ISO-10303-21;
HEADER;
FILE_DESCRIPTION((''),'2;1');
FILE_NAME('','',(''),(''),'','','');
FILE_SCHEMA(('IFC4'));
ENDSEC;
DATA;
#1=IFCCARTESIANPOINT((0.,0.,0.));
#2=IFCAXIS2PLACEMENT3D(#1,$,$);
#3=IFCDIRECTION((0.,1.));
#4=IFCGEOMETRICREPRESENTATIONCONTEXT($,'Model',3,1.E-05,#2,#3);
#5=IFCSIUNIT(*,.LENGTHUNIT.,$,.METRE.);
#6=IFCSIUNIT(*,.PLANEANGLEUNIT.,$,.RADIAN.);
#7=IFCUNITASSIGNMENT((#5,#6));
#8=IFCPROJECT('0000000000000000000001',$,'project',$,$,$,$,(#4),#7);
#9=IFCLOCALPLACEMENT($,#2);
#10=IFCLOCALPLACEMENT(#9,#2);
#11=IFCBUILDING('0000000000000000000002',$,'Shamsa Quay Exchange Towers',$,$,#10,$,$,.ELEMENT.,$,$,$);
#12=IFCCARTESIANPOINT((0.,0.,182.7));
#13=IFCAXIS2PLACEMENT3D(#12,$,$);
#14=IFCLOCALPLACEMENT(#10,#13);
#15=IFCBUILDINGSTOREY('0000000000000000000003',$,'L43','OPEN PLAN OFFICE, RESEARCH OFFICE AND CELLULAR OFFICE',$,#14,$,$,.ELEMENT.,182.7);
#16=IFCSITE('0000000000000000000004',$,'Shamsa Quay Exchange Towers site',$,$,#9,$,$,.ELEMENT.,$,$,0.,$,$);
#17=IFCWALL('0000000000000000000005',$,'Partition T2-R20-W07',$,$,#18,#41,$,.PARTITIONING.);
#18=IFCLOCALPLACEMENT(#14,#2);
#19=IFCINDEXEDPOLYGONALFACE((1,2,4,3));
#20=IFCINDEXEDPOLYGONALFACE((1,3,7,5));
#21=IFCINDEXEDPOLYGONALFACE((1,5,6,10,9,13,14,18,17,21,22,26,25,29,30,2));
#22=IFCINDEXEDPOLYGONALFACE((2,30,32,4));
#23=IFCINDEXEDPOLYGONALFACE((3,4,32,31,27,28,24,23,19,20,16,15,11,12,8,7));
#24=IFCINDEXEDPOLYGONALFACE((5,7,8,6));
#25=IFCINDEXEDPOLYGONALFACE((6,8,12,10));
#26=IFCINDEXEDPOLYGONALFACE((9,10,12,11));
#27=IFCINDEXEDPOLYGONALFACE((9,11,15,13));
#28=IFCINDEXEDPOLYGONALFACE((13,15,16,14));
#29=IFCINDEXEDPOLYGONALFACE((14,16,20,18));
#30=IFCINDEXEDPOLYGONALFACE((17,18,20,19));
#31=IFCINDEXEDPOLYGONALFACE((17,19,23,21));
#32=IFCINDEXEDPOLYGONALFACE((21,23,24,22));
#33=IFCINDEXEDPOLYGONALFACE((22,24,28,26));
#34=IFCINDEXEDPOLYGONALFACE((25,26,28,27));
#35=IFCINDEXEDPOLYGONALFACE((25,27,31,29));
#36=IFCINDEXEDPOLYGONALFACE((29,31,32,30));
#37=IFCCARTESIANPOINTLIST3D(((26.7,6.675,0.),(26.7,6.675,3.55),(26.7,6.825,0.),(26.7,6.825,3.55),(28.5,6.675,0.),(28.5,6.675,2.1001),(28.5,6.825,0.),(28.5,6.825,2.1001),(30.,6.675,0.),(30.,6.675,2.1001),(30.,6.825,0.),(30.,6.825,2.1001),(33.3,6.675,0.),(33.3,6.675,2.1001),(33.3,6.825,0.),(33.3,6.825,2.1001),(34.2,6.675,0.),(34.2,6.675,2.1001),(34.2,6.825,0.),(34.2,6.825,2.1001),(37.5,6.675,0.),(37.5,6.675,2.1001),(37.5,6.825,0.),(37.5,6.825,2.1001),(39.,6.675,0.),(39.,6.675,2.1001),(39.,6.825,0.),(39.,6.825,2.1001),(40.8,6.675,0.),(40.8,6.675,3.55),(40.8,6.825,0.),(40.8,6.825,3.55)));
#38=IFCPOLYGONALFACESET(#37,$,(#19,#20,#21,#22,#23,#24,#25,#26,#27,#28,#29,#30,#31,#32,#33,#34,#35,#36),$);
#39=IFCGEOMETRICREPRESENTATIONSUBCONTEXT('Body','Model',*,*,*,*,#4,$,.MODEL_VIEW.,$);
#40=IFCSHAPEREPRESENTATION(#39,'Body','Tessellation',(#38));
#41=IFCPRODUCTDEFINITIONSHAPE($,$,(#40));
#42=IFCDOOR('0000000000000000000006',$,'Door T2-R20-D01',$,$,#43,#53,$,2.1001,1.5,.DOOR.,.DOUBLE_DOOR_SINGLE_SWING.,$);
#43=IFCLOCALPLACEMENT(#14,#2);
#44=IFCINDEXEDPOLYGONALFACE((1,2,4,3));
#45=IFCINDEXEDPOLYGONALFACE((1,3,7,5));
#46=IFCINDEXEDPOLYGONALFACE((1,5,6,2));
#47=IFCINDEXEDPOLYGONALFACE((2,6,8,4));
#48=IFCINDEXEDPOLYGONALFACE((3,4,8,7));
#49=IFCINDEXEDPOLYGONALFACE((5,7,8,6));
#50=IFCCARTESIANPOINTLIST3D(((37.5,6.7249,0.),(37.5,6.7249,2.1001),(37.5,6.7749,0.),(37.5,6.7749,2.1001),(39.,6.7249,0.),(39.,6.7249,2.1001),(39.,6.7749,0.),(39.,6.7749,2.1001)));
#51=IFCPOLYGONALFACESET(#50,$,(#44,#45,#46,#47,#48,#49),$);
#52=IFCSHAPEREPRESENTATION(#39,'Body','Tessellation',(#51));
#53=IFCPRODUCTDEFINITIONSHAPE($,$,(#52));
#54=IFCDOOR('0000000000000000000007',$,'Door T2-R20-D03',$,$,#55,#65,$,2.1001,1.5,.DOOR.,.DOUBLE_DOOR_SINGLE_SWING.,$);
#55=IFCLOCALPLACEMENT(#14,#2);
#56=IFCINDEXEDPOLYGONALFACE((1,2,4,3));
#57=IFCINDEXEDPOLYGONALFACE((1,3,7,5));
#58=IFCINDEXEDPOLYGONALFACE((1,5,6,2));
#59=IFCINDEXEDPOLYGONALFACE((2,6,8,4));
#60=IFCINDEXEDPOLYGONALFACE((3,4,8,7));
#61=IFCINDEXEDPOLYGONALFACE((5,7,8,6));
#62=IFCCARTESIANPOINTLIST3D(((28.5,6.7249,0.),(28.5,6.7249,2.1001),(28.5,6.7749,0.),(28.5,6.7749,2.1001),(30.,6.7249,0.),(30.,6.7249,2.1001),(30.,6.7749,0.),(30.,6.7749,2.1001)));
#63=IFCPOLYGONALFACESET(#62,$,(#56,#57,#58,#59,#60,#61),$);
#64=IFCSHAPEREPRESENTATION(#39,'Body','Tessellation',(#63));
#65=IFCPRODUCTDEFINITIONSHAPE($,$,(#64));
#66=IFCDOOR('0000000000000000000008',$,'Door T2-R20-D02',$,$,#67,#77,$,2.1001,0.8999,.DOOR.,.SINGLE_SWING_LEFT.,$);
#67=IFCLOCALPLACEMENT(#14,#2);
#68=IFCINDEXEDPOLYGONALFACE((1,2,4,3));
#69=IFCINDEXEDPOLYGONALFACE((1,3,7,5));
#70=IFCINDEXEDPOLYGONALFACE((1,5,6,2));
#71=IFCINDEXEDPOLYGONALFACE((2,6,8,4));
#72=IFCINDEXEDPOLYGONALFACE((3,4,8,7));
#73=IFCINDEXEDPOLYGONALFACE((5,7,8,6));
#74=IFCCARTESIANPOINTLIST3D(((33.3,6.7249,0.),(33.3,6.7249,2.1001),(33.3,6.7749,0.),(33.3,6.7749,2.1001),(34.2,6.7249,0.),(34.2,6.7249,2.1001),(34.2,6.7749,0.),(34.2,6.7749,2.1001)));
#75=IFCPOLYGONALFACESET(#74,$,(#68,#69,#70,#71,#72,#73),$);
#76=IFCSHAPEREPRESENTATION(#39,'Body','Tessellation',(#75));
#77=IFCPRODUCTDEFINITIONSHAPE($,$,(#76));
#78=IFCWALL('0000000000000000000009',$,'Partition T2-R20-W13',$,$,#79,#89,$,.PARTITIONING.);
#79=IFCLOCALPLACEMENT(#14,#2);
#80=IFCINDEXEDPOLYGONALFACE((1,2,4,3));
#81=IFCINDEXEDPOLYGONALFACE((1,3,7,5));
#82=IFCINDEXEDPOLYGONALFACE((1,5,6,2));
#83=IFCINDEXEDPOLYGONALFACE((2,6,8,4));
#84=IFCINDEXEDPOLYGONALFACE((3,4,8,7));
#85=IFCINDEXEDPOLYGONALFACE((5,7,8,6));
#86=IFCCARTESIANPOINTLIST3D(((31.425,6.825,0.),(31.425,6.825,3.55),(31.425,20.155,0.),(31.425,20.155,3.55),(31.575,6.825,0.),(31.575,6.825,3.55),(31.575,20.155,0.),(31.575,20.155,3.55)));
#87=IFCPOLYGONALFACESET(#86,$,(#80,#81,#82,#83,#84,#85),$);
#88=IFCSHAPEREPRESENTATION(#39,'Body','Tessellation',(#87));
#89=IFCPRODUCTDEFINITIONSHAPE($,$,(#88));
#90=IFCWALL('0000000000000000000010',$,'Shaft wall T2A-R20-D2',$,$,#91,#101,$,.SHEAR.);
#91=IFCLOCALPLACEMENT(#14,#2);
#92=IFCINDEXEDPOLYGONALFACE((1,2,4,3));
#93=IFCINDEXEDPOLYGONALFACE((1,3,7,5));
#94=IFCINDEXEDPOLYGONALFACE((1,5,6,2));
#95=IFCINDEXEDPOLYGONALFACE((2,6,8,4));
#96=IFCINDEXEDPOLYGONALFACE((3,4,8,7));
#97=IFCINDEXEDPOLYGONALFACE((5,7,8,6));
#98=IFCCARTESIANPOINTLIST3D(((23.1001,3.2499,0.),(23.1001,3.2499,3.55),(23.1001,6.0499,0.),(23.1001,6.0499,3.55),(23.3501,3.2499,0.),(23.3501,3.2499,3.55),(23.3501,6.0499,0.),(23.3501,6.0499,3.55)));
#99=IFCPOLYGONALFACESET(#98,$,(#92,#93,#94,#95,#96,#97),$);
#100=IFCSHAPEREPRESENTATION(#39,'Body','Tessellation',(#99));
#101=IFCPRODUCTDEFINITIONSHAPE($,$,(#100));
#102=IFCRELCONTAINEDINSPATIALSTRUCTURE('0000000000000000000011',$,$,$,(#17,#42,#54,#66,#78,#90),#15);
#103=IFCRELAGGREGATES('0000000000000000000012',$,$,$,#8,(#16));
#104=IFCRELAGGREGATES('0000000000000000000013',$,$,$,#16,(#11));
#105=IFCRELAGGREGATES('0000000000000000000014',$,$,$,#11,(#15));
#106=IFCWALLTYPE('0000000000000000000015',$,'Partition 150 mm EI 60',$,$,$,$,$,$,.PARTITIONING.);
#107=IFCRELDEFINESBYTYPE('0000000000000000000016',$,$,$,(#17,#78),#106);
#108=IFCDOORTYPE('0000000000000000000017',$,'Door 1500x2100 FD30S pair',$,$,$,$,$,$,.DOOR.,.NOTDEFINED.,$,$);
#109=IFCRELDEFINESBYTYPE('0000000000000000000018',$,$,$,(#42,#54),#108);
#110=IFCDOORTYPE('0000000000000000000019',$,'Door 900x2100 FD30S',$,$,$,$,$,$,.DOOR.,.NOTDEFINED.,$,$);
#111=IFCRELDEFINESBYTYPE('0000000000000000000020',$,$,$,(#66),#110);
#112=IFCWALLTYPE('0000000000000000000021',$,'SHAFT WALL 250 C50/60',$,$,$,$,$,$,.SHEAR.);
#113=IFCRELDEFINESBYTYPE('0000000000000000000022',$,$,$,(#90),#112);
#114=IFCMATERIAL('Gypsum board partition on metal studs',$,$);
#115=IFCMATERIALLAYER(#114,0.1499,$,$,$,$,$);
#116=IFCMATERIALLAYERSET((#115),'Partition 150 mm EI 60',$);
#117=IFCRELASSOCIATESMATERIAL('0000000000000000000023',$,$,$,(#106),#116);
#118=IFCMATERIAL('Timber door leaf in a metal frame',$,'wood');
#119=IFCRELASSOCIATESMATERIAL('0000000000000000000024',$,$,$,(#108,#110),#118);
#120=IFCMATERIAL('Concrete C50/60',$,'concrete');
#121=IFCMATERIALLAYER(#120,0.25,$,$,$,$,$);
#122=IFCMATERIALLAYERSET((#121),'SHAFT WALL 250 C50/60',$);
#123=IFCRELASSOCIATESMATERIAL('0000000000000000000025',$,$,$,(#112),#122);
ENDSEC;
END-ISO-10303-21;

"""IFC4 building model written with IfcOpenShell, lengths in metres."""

from ifc_helpers import new_model, si_unit, direction, frame, frame_2d, origin, place, context, subcontext, project, spatial, rectangle, extrude, material, layer, layer_set, type_object, element, fill, save


model = new_model("IFC4")

# Units and contexts
model_context = context("Model", 3, precision=1e-05, world=origin(), true_north=direction((0.0, 1.0)))
body_context = subcontext(model_context, "Body", "Model", "MODEL_VIEW")
ifc_project = project(units=[si_unit("LENGTHUNIT", "METRE"), si_unit("PLANEANGLEUNIT", "RADIAN")], contexts=[model_context])

# Site, building, storey
site_placement = place(None, origin())
site = spatial("IfcSite", under=ifc_project, at=site_placement, Name="Shamsa Quay Exchange Towers site", CompositionType="ELEMENT", RefElevation=0.0)
building_placement = place(site_placement, origin())
building = spatial("IfcBuilding", under=site, at=building_placement, Name="Shamsa Quay Exchange Towers", CompositionType="ELEMENT")
storey_placement = place(building_placement, frame((0.0, 0.0, 182.7)))
storey = spatial("IfcBuildingStorey", under=building, at=storey_placement, Name="L43", Description="OPEN PLAN OFFICE, RESEARCH OFFICE AND CELLULAR OFFICE", CompositionType="ELEMENT", Elevation=182.7)

# Shared definitions
ifc_material_1 = material(Name="Gypsum board partition on metal studs")

# Wall, openings, doors
ifc_layer_1 = layer(ifc_material_1, 0.1499)
ifc_layer_set_1 = layer_set([ifc_layer_1], Name="Partition 150 mm EI 60")
wall_type_1 = type_object("IfcWallType", Name="Partition 150 mm EI 60", PredefinedType="PARTITIONING", material=ifc_layer_set_1)
wall_1_placement = place(storey_placement, frame((26.7, 6.75, 0.0)))
wall_1 = element("IfcWall", 1, at=wall_1_placement, inside=storey, type_object=wall_type_1, Name="Partition T2-R20-W07", PredefinedType="PARTITIONING", context=body_context, shape_type="SweptSolid", body=[
    extrude(rectangle(XDim=14.1001, YDim=0.1499, at=frame_2d((7.05, 0.0))), origin(), (0.0, 0.0, 1.0), 3.55),
])
opening_1_placement = place(wall_1_placement, frame((10.8, 0.0, 0.0)))
opening_1 = element("IfcOpeningElement", 2, at=opening_1_placement, cuts=wall_1, PredefinedType="OPENING", context=body_context, shape_type="SweptSolid", body=[
    extrude(rectangle(XDim=1.5, YDim=2.1001, at=frame_2d((0.75, 1.05))), frame((0.0, 0.085, 0.0), z_axis=(0.0, -1.0, 0.0), x_axis=(1.0, 0.0, 0.0)), (0.0, 0.0, 1.0), 0.1699),
])
opening_2_placement = place(wall_1_placement, frame((6.6001, 0.0, 0.0)))
opening_2 = element("IfcOpeningElement", 3, at=opening_2_placement, cuts=wall_1, PredefinedType="OPENING", context=body_context, shape_type="SweptSolid", body=[
    extrude(rectangle(XDim=0.8999, YDim=2.1001, at=frame_2d((0.45, 1.05))), frame((0.0, 0.085, 0.0), z_axis=(0.0, -1.0, 0.0), x_axis=(1.0, 0.0, 0.0)), (0.0, 0.0, 1.0), 0.1699),
])
opening_3_placement = place(wall_1_placement, frame((1.8, 0.0, 0.0)))
opening_3 = element("IfcOpeningElement", 4, at=opening_3_placement, cuts=wall_1, PredefinedType="OPENING", context=body_context, shape_type="SweptSolid", body=[
    extrude(rectangle(XDim=1.5, YDim=2.1001, at=frame_2d((0.75, 1.05))), frame((0.0, 0.085, 0.0), z_axis=(0.0, -1.0, 0.0), x_axis=(1.0, 0.0, 0.0)), (0.0, 0.0, 1.0), 0.1699),
])
ifc_material_2 = material(Name="Timber door leaf in a metal frame", Category="wood")
door_type_1 = type_object("IfcDoorType", Name="Door 1500x2100 FD30S pair", OperationType="NOTDEFINED", PredefinedType="DOOR", material=ifc_material_2)
door_1_placement = place(opening_1_placement, origin())
door_1 = element("IfcDoor", 5, at=door_1_placement, inside=storey, type_object=door_type_1, Name="Door T2-R20-D01", OperationType="DOUBLE_DOOR_SINGLE_SWING", OverallHeight=2.1001, OverallWidth=1.5, PredefinedType="DOOR", context=body_context, shape_type="SweptSolid", body=[
    extrude(rectangle(XDim=1.5, YDim=2.1001, at=frame_2d((0.75, 1.05))), frame((0.0, 0.0249, 0.0), z_axis=(0.0, -1.0, 0.0), x_axis=(1.0, 0.0, 0.0)), (0.0, 0.0, 1.0), 0.05),
])
fill(opening_1, door_1)
door_2_placement = place(opening_3_placement, origin())
door_2 = element("IfcDoor", 6, at=door_2_placement, inside=storey, type_object=door_type_1, Name="Door T2-R20-D03", OperationType="DOUBLE_DOOR_SINGLE_SWING", OverallHeight=2.1001, OverallWidth=1.5, PredefinedType="DOOR", context=body_context, shape_type="SweptSolid", body=[
    extrude(rectangle(XDim=1.5, YDim=2.1001, at=frame_2d((0.75, 1.05))), frame((0.0, 0.0249, 0.0), z_axis=(0.0, -1.0, 0.0), x_axis=(1.0, 0.0, 0.0)), (0.0, 0.0, 1.0), 0.05),
])
fill(opening_3, door_2)
door_type_2 = type_object("IfcDoorType", Name="Door 900x2100 FD30S", OperationType="NOTDEFINED", PredefinedType="DOOR", material=ifc_material_2)
door_3_placement = place(opening_2_placement, origin())
door_3 = element("IfcDoor", 7, at=door_3_placement, inside=storey, type_object=door_type_2, Name="Door T2-R20-D02", OperationType="SINGLE_SWING_LEFT", OverallHeight=2.1001, OverallWidth=0.8999, PredefinedType="DOOR", context=body_context, shape_type="SweptSolid", body=[
    extrude(rectangle(XDim=0.8999, YDim=2.1001, at=frame_2d((0.45, 1.05))), frame((0.0, 0.0249, 0.0), z_axis=(0.0, -1.0, 0.0), x_axis=(1.0, 0.0, 0.0)), (0.0, 0.0, 1.0), 0.05),
])
fill(opening_2, door_3)

# Walls
wall_2_placement = place(storey_placement, frame((31.5, 20.155, 0.0), z_axis=(0.0, 0.0, 1.0), x_axis=(0.0, -1.0, 0.0)))
element("IfcWall", 8, at=wall_2_placement, inside=storey, type_object=wall_type_1, Name="Partition T2-R20-W13", PredefinedType="PARTITIONING", context=body_context, shape_type="SweptSolid", body=[
    extrude(rectangle(XDim=13.3301, YDim=0.1499, at=frame_2d((6.665, 0.0))), origin(), (0.0, 0.0, 1.0), 3.55),
])
ifc_material_3 = material(Name="Concrete C50/60", Category="concrete")
ifc_layer_2 = layer(ifc_material_3, 0.25)
ifc_layer_set_2 = layer_set([ifc_layer_2], Name="SHAFT WALL 250 C50/60")
wall_type_2 = type_object("IfcWallType", Name="SHAFT WALL 250 C50/60", PredefinedType="SHEAR", material=ifc_layer_set_2)
wall_3_placement = place(storey_placement, frame((23.2251, 3.25, 0.0), z_axis=(0.0, 0.0, 1.0), x_axis=(0.0, 1.0, 0.0)))
element("IfcWall", 9, at=wall_3_placement, inside=storey, type_object=wall_type_2, Name="Shaft wall T2A-R20-D2", PredefinedType="SHEAR", context=body_context, shape_type="SweptSolid", body=[
    extrude(rectangle(XDim=2.8, YDim=0.25, at=frame_2d((1.3999, 0.0))), origin(), (0.0, 0.0, 1.0), 3.55),
])

save(model, "model.ifc")
